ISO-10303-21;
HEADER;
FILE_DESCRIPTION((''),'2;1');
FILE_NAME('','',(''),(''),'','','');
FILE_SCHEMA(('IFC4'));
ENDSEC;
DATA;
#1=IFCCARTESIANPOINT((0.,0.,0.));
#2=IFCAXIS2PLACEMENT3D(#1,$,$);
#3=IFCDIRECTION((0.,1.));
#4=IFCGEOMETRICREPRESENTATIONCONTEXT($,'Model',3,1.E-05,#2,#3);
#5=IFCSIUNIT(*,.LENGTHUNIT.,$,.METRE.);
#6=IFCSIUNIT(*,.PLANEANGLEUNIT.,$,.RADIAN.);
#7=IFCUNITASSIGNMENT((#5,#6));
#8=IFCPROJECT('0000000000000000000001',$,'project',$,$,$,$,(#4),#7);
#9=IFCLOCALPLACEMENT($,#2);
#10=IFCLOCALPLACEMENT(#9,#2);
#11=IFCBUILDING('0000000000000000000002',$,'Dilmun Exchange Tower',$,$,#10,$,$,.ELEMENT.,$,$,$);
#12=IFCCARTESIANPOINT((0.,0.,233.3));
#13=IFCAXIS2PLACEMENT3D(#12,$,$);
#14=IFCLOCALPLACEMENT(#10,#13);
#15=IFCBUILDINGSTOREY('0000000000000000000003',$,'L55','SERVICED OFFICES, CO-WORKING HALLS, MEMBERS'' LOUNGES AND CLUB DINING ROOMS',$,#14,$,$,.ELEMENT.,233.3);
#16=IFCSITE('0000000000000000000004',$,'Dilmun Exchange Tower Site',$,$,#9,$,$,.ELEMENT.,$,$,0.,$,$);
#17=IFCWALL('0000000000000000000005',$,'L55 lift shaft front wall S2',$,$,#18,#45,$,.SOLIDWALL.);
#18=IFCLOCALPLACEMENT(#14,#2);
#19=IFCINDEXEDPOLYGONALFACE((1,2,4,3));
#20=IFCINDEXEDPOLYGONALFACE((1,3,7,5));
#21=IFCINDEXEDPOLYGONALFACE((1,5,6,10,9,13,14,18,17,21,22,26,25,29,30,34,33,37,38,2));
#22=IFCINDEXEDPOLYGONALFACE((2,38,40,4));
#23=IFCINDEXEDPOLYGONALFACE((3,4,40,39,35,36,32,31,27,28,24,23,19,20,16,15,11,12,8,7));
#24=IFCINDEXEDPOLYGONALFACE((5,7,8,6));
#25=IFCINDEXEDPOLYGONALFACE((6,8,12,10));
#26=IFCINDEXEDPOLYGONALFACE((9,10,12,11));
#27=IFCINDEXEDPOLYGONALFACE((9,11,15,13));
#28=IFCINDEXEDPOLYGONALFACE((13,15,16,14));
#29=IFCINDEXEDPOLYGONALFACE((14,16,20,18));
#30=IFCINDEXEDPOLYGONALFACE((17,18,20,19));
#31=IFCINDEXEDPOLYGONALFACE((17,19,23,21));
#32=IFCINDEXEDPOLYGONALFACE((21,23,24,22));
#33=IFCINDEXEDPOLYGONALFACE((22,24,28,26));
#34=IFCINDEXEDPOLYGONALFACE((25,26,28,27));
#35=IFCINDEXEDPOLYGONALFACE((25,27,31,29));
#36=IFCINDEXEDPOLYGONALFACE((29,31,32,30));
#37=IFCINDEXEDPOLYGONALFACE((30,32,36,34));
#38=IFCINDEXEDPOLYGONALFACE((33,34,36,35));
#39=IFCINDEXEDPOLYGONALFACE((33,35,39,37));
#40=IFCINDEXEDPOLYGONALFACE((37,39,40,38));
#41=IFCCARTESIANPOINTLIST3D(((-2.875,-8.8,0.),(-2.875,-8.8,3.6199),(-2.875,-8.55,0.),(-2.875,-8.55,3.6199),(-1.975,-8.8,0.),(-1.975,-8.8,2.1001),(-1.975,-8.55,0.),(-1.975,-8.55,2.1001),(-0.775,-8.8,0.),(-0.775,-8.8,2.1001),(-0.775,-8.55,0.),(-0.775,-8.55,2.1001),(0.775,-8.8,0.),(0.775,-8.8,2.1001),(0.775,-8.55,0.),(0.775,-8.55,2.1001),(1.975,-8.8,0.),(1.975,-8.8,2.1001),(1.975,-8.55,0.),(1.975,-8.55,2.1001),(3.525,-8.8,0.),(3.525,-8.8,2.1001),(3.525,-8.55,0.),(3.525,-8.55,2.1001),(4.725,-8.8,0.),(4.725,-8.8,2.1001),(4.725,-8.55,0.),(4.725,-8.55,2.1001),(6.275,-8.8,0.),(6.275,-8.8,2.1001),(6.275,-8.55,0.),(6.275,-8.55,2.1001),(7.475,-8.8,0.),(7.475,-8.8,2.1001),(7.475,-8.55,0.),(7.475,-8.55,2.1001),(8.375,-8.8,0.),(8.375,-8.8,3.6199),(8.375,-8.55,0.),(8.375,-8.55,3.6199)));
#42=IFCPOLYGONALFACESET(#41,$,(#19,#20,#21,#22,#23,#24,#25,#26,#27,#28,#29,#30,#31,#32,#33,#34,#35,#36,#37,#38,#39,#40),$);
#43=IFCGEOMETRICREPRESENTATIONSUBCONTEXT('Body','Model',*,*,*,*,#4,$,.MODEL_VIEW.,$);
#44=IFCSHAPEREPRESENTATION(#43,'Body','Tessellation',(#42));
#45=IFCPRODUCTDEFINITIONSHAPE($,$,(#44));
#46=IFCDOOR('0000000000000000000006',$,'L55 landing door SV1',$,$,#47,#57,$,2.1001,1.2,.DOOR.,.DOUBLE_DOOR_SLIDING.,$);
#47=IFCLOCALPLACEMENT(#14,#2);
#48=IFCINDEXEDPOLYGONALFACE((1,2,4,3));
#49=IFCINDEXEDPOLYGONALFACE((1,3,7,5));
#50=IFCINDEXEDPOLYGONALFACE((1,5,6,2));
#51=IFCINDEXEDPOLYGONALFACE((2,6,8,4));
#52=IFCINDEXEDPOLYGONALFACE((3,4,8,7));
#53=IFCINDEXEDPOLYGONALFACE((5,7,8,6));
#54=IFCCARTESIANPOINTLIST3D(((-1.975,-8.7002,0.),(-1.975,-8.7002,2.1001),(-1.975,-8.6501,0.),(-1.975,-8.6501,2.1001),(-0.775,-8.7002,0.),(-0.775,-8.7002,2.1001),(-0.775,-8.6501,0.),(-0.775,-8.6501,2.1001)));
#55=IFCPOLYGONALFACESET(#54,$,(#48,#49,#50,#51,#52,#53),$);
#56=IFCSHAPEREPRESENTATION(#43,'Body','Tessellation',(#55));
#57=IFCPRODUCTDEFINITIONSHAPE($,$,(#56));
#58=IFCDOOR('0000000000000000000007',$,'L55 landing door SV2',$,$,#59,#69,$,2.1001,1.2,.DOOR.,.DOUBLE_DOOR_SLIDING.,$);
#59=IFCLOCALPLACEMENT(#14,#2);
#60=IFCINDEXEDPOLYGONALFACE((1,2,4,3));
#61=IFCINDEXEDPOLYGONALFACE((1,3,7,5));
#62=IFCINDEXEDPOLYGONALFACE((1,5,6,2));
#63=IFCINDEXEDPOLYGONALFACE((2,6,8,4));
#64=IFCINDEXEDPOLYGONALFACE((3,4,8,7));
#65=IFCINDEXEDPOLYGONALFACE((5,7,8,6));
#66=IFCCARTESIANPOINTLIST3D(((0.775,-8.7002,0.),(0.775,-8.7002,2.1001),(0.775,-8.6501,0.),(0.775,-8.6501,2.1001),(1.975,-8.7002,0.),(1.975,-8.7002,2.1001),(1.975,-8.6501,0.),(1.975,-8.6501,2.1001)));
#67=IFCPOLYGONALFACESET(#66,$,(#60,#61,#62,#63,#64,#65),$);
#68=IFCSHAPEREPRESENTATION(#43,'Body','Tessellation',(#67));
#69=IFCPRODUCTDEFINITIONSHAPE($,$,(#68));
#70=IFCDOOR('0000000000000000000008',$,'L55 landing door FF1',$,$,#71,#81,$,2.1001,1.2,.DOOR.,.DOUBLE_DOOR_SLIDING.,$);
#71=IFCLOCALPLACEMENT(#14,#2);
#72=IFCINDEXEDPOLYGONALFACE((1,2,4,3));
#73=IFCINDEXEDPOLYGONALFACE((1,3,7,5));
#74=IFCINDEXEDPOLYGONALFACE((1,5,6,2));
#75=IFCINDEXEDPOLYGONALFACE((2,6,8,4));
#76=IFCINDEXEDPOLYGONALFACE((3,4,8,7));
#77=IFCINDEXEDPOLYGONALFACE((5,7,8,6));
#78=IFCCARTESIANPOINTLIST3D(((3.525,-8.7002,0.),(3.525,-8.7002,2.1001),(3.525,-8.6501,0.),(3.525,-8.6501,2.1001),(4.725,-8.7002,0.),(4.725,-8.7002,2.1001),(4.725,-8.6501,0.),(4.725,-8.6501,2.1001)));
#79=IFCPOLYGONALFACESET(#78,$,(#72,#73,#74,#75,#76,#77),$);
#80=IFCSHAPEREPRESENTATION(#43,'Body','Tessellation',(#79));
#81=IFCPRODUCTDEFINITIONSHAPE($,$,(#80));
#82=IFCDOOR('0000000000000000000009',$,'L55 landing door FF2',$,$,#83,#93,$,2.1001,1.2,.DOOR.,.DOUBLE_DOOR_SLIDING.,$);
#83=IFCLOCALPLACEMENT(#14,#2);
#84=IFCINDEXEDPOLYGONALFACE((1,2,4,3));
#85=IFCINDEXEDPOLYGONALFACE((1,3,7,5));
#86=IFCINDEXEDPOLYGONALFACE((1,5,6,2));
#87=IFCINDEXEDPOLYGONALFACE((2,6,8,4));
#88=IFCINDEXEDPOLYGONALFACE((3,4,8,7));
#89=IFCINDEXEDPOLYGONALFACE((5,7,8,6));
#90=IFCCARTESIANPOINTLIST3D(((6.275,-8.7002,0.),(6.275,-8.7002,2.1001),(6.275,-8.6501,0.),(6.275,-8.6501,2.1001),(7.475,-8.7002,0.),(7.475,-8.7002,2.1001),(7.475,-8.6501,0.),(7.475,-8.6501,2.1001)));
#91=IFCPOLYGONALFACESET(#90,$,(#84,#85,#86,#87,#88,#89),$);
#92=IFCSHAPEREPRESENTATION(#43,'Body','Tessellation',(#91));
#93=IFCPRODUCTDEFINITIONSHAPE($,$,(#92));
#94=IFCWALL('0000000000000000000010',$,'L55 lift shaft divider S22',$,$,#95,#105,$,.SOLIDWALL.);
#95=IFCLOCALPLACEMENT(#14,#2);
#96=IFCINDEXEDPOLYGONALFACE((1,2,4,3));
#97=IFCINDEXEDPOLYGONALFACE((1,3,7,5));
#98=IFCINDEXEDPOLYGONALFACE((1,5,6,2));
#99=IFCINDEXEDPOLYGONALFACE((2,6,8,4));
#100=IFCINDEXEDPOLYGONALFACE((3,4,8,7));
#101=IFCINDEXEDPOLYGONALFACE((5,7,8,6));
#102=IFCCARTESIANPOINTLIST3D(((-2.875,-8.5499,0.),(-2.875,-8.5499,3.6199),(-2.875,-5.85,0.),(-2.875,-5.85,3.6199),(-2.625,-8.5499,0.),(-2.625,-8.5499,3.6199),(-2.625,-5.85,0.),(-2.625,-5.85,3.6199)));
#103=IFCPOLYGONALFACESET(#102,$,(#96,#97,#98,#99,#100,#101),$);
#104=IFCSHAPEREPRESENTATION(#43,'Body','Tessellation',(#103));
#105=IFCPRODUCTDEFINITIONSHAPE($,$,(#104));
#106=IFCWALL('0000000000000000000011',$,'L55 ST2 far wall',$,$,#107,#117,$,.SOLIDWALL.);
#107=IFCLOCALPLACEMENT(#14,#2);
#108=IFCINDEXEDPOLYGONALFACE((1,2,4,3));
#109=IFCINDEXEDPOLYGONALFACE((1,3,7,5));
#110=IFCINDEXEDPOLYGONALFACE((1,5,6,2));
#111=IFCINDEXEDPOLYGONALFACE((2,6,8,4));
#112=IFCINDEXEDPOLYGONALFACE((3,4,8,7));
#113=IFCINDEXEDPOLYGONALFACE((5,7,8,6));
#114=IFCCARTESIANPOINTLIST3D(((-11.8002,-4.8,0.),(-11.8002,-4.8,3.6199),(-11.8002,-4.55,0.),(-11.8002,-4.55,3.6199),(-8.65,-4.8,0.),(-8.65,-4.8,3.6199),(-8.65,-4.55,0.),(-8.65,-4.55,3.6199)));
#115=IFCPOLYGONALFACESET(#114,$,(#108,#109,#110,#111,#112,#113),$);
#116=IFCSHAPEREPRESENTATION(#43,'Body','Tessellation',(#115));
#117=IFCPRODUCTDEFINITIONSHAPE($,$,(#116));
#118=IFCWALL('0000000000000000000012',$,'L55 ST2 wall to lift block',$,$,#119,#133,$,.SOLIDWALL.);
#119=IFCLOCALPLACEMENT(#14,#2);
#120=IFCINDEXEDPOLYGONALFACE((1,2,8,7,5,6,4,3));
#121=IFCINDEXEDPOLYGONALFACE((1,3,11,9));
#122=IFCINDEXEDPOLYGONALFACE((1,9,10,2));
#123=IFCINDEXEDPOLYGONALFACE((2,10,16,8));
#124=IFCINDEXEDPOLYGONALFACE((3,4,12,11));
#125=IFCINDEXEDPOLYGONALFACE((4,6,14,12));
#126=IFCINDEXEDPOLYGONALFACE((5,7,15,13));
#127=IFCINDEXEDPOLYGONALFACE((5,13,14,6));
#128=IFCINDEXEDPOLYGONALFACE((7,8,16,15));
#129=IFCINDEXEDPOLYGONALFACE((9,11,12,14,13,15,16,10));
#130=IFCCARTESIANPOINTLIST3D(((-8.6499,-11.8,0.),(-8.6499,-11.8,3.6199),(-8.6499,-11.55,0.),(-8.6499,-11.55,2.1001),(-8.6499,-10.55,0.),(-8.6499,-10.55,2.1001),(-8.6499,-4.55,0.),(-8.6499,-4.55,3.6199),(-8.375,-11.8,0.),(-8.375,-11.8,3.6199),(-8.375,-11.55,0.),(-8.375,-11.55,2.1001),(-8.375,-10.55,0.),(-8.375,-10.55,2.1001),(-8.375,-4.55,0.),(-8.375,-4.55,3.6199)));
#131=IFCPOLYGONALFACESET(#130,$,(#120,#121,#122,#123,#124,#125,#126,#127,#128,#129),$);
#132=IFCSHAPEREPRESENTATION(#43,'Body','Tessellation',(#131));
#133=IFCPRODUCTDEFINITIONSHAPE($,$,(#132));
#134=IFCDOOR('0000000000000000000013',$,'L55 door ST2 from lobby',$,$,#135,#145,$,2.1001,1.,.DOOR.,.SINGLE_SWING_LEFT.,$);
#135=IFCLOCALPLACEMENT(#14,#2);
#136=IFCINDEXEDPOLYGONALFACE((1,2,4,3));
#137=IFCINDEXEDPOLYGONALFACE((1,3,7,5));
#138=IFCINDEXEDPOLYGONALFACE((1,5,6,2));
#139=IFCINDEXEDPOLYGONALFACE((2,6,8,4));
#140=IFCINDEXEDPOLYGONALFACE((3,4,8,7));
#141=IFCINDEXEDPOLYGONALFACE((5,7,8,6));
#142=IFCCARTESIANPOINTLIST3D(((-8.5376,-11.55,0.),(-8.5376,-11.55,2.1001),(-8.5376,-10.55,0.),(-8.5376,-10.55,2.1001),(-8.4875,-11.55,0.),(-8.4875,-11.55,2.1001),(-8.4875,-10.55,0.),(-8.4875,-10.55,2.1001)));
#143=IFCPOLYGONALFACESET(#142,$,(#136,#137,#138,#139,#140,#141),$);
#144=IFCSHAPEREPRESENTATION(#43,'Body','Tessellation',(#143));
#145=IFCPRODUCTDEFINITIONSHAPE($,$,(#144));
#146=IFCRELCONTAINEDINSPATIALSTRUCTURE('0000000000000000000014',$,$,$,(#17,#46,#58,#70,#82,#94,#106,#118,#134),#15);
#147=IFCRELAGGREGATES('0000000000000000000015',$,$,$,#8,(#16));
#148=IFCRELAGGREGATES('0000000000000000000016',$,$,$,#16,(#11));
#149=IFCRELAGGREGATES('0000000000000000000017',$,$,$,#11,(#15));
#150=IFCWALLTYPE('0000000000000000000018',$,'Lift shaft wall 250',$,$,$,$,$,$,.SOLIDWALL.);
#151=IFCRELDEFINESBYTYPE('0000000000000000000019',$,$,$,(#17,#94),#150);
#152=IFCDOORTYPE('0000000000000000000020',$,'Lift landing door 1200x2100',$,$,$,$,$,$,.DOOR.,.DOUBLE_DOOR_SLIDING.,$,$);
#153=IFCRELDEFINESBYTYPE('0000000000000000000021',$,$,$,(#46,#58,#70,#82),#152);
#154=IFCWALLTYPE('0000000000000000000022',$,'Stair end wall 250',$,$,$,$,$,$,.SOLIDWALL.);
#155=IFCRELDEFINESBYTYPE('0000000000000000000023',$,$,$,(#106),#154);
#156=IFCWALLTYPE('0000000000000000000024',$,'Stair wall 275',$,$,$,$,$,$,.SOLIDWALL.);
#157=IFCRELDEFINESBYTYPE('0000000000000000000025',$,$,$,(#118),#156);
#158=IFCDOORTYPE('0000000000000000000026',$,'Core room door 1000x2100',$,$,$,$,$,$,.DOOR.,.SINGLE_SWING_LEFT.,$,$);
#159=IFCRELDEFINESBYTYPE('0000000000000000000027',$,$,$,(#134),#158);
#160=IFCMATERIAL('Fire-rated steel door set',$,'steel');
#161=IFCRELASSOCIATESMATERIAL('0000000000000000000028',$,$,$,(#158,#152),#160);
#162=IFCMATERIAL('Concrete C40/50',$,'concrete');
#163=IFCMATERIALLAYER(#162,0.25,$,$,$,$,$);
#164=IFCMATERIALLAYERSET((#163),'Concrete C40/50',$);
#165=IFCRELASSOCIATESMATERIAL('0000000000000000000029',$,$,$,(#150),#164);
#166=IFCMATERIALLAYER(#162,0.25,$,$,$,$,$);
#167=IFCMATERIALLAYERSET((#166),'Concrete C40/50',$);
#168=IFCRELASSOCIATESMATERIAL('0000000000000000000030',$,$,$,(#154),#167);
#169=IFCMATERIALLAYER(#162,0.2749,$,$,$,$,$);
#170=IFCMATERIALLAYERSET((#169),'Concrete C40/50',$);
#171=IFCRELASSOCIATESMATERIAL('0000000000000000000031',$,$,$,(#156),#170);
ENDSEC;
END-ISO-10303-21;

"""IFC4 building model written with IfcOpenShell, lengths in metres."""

from ifc_helpers import new_model, si_unit, direction, frame, frame_2d, origin, place, context, subcontext, project, spatial, rectangle, extrude, material, layer, layer_set, type_object, element, fill, save


model = new_model("IFC4")

# Units and contexts
model_context = context("Model", 3, precision=1e-05, world=origin(), true_north=direction((0.0, 1.0)))
body_context = subcontext(model_context, "Body", "Model", "MODEL_VIEW")
ifc_project = project(units=[si_unit("LENGTHUNIT", "METRE"), si_unit("PLANEANGLEUNIT", "RADIAN")], contexts=[model_context])

# Site, building, storey
site_placement = place(None, origin())
site = spatial("IfcSite", under=ifc_project, at=site_placement, Name="Dilmun Exchange Tower Site", CompositionType="ELEMENT", RefElevation=0.0)
building_placement = place(site_placement, origin())
building = spatial("IfcBuilding", under=site, at=building_placement, Name="Dilmun Exchange Tower", CompositionType="ELEMENT")
storey_placement = place(building_placement, frame((0.0, 0.0, 233.3)))
storey = spatial("IfcBuildingStorey", under=building, at=storey_placement, Name="L55", Description="SERVICED OFFICES, CO-WORKING HALLS, MEMBERS' LOUNGES AND CLUB DINING ROOMS", CompositionType="ELEMENT", Elevation=233.3)

# Shared definitions
ifc_material_1 = material(Name="Concrete C40/50", Category="concrete")

# Shared definitions
ifc_material_2 = material(Name="Fire-rated steel door set", Category="steel")

# Shared definitions
door_type_1 = type_object("IfcDoorType", Name="Core room door 1000x2100", OperationType="SINGLE_SWING_LEFT", PredefinedType="DOOR", material=ifc_material_2)

# Shared definitions
ifc_layer_1 = layer(ifc_material_1, 0.25)
ifc_layer_set_1 = layer_set([ifc_layer_1], Name="Concrete C40/50")
wall_type_1 = type_object("IfcWallType", Name="Lift shaft wall 250", PredefinedType="SOLIDWALL", material=ifc_layer_set_1)

# Wall, openings, doors
wall_1_placement = place(storey_placement, frame((-2.875, -8.675, 0.0), z_axis=(0.0, 0.0, 1.0), x_axis=(1.0, 0.0, 0.0)))
wall_1 = element("IfcWall", 1, at=wall_1_placement, inside=storey, type_object=wall_type_1, Name="L55 lift shaft front wall S2", PredefinedType="SOLIDWALL", context=body_context, shape_type="SweptSolid", body=[
    extrude(rectangle(XDim=11.25, YDim=0.25, at=frame_2d((5.625, 0.0))), origin(), (0.0, 0.0, 1.0), 3.6199),
])
opening_1_placement = place(wall_1_placement, frame((0.8999, 0.0, 0.0)))
opening_1 = element("IfcOpeningElement", 2, at=opening_1_placement, cuts=wall_1, PredefinedType="OPENING", context=body_context, shape_type="SweptSolid", body=[
    extrude(rectangle(XDim=1.2, YDim=2.1001, at=frame_2d((0.6001, 1.05))), frame((0.0, 0.135, 0.0), z_axis=(0.0, -1.0, 0.0), x_axis=(1.0, 0.0, 0.0)), (0.0, 0.0, 1.0), 0.27),
])
opening_2_placement = place(wall_1_placement, frame((3.6499, 0.0, 0.0)))
opening_2 = element("IfcOpeningElement", 3, at=opening_2_placement, cuts=wall_1, PredefinedType="OPENING", context=body_context, shape_type="SweptSolid", body=[
    extrude(rectangle(XDim=1.2, YDim=2.1001, at=frame_2d((0.6001, 1.05))), frame((0.0, 0.135, 0.0), z_axis=(0.0, -1.0, 0.0), x_axis=(1.0, 0.0, 0.0)), (0.0, 0.0, 1.0), 0.27),
])
opening_3_placement = place(wall_1_placement, frame((6.3999, 0.0, 0.0)))
opening_3 = element("IfcOpeningElement", 4, at=opening_3_placement, cuts=wall_1, PredefinedType="OPENING", context=body_context, shape_type="SweptSolid", body=[
    extrude(rectangle(XDim=1.2, YDim=2.1001, at=frame_2d((0.6001, 1.05))), frame((0.0, 0.135, 0.0), z_axis=(0.0, -1.0, 0.0), x_axis=(1.0, 0.0, 0.0)), (0.0, 0.0, 1.0), 0.27),
])
opening_4_placement = place(wall_1_placement, frame((9.1499, 0.0, 0.0)))
opening_4 = element("IfcOpeningElement", 5, at=opening_4_placement, cuts=wall_1, PredefinedType="OPENING", context=body_context, shape_type="SweptSolid", body=[
    extrude(rectangle(XDim=1.2, YDim=2.1001, at=frame_2d((0.6001, 1.05))), frame((0.0, 0.135, 0.0), z_axis=(0.0, -1.0, 0.0), x_axis=(1.0, 0.0, 0.0)), (0.0, 0.0, 1.0), 0.27),
])
door_type_2 = type_object("IfcDoorType", Name="Lift landing door 1200x2100", OperationType="DOUBLE_DOOR_SLIDING", PredefinedType="DOOR", material=ifc_material_2)
door_1_placement = place(opening_1_placement, origin())
door_1 = element("IfcDoor", 6, at=door_1_placement, inside=storey, type_object=door_type_2, Name="L55 landing door SV1", OperationType="DOUBLE_DOOR_SLIDING", OverallHeight=2.1001, OverallWidth=1.2, PredefinedType="DOOR", context=body_context, shape_type="SweptSolid", body=[
    extrude(rectangle(XDim=1.2, YDim=2.1001, at=frame_2d((0.6001, 1.05))), frame((0.0, 0.0249, 0.0), z_axis=(0.0, -1.0, 0.0), x_axis=(1.0, 0.0, 0.0)), (0.0, 0.0, 1.0), 0.05),
])
fill(opening_1, door_1)
door_2_placement = place(opening_2_placement, origin())
door_2 = element("IfcDoor", 7, at=door_2_placement, inside=storey, type_object=door_type_2, Name="L55 landing door SV2", OperationType="DOUBLE_DOOR_SLIDING", OverallHeight=2.1001, OverallWidth=1.2, PredefinedType="DOOR", context=body_context, shape_type="SweptSolid", body=[
    extrude(rectangle(XDim=1.2, YDim=2.1001, at=frame_2d((0.6001, 1.05))), frame((0.0, 0.0249, 0.0), z_axis=(0.0, -1.0, 0.0), x_axis=(1.0, 0.0, 0.0)), (0.0, 0.0, 1.0), 0.05),
])
fill(opening_2, door_2)
door_3_placement = place(opening_3_placement, origin())
door_3 = element("IfcDoor", 8, at=door_3_placement, inside=storey, type_object=door_type_2, Name="L55 landing door FF1", OperationType="DOUBLE_DOOR_SLIDING", OverallHeight=2.1001, OverallWidth=1.2, PredefinedType="DOOR", context=body_context, shape_type="SweptSolid", body=[
    extrude(rectangle(XDim=1.2, YDim=2.1001, at=frame_2d((0.6001, 1.05))), frame((0.0, 0.0249, 0.0), z_axis=(0.0, -1.0, 0.0), x_axis=(1.0, 0.0, 0.0)), (0.0, 0.0, 1.0), 0.05),
])
fill(opening_3, door_3)
door_4_placement = place(opening_4_placement, origin())
door_4 = element("IfcDoor", 9, at=door_4_placement, inside=storey, type_object=door_type_2, Name="L55 landing door FF2", OperationType="DOUBLE_DOOR_SLIDING", OverallHeight=2.1001, OverallWidth=1.2, PredefinedType="DOOR", context=body_context, shape_type="SweptSolid", body=[
    extrude(rectangle(XDim=1.2, YDim=2.1001, at=frame_2d((0.6001, 1.05))), frame((0.0, 0.0249, 0.0), z_axis=(0.0, -1.0, 0.0), x_axis=(1.0, 0.0, 0.0)), (0.0, 0.0, 1.0), 0.05),
])
fill(opening_4, door_4)

# Walls
wall_2_placement = place(storey_placement, frame((-2.75, -8.55, 0.0), z_axis=(0.0, 0.0, 1.0), x_axis=(0.0, 1.0, 0.0)))
element("IfcWall", 10, at=wall_2_placement, inside=storey, type_object=wall_type_1, Name="L55 lift shaft divider S22", PredefinedType="SOLIDWALL", context=body_context, shape_type="SweptSolid", body=[
    extrude(rectangle(XDim=2.7, YDim=0.25, at=frame_2d((1.3501, 0.0))), origin(), (0.0, 0.0, 1.0), 3.6199),
])
ifc_layer_2 = layer(ifc_material_1, 0.25)
ifc_layer_set_2 = layer_set([ifc_layer_2], Name="Concrete C40/50")
wall_type_2 = type_object("IfcWallType", Name="Stair end wall 250", PredefinedType="SOLIDWALL", material=ifc_layer_set_2)
wall_3_placement = place(storey_placement, frame((-8.6499, -4.675, 0.0), z_axis=(0.0, 0.0, 1.0), x_axis=(-1.0, 0.0, 0.0)))
element("IfcWall", 11, at=wall_3_placement, inside=storey, type_object=wall_type_2, Name="L55 ST2 far wall", PredefinedType="SOLIDWALL", context=body_context, shape_type="SweptSolid", body=[
    extrude(rectangle(XDim=3.1501, YDim=0.25, at=frame_2d((1.5752, 0.0))), origin(), (0.0, 0.0, 1.0), 3.6199),
])

# Wall, opening, door
ifc_layer_3 = layer(ifc_material_1, 0.2749)
ifc_layer_set_3 = layer_set([ifc_layer_3], Name="Concrete C40/50")
wall_type_3 = type_object("IfcWallType", Name="Stair wall 275", PredefinedType="SOLIDWALL", material=ifc_layer_set_3)
wall_4_placement = place(storey_placement, frame((-8.5125, -4.55, 0.0), z_axis=(0.0, 0.0, 1.0), x_axis=(0.0, -1.0, 0.0)))
wall_4 = element("IfcWall", 12, at=wall_4_placement, inside=storey, type_object=wall_type_3, Name="L55 ST2 wall to lift block", PredefinedType="SOLIDWALL", context=body_context, shape_type="SweptSolid", body=[
    extrude(rectangle(XDim=7.25, YDim=0.2749, at=frame_2d((3.625, 0.0))), origin(), (0.0, 0.0, 1.0), 3.6199),
])
opening_5_placement = place(wall_4_placement, frame((6.0, 0.0, 0.0)))
opening_5 = element("IfcOpeningElement", 13, at=opening_5_placement, cuts=wall_4, PredefinedType="OPENING", context=body_context, shape_type="SweptSolid", body=[
    extrude(rectangle(XDim=1.0, YDim=2.1001, at=frame_2d((0.5, 1.05))), frame((0.0, 0.1475, 0.0), z_axis=(0.0, -1.0, 0.0), x_axis=(1.0, 0.0, 0.0)), (0.0, 0.0, 1.0), 0.2949),
])
door_5_placement = place(opening_5_placement, origin())
door_5 = element("IfcDoor", 14, at=door_5_placement, inside=storey, type_object=door_type_1, Name="L55 door ST2 from lobby", OperationType="SINGLE_SWING_LEFT", OverallHeight=2.1001, OverallWidth=1.0, PredefinedType="DOOR", context=body_context, shape_type="SweptSolid", body=[
    extrude(rectangle(XDim=1.0, YDim=2.1001, at=frame_2d((0.5, 1.05))), frame((0.0, 0.0249, 0.0), z_axis=(0.0, -1.0, 0.0), x_axis=(1.0, 0.0, 0.0)), (0.0, 0.0, 1.0), 0.05),
])
fill(opening_5, door_5)

save(model, "model.ifc")
